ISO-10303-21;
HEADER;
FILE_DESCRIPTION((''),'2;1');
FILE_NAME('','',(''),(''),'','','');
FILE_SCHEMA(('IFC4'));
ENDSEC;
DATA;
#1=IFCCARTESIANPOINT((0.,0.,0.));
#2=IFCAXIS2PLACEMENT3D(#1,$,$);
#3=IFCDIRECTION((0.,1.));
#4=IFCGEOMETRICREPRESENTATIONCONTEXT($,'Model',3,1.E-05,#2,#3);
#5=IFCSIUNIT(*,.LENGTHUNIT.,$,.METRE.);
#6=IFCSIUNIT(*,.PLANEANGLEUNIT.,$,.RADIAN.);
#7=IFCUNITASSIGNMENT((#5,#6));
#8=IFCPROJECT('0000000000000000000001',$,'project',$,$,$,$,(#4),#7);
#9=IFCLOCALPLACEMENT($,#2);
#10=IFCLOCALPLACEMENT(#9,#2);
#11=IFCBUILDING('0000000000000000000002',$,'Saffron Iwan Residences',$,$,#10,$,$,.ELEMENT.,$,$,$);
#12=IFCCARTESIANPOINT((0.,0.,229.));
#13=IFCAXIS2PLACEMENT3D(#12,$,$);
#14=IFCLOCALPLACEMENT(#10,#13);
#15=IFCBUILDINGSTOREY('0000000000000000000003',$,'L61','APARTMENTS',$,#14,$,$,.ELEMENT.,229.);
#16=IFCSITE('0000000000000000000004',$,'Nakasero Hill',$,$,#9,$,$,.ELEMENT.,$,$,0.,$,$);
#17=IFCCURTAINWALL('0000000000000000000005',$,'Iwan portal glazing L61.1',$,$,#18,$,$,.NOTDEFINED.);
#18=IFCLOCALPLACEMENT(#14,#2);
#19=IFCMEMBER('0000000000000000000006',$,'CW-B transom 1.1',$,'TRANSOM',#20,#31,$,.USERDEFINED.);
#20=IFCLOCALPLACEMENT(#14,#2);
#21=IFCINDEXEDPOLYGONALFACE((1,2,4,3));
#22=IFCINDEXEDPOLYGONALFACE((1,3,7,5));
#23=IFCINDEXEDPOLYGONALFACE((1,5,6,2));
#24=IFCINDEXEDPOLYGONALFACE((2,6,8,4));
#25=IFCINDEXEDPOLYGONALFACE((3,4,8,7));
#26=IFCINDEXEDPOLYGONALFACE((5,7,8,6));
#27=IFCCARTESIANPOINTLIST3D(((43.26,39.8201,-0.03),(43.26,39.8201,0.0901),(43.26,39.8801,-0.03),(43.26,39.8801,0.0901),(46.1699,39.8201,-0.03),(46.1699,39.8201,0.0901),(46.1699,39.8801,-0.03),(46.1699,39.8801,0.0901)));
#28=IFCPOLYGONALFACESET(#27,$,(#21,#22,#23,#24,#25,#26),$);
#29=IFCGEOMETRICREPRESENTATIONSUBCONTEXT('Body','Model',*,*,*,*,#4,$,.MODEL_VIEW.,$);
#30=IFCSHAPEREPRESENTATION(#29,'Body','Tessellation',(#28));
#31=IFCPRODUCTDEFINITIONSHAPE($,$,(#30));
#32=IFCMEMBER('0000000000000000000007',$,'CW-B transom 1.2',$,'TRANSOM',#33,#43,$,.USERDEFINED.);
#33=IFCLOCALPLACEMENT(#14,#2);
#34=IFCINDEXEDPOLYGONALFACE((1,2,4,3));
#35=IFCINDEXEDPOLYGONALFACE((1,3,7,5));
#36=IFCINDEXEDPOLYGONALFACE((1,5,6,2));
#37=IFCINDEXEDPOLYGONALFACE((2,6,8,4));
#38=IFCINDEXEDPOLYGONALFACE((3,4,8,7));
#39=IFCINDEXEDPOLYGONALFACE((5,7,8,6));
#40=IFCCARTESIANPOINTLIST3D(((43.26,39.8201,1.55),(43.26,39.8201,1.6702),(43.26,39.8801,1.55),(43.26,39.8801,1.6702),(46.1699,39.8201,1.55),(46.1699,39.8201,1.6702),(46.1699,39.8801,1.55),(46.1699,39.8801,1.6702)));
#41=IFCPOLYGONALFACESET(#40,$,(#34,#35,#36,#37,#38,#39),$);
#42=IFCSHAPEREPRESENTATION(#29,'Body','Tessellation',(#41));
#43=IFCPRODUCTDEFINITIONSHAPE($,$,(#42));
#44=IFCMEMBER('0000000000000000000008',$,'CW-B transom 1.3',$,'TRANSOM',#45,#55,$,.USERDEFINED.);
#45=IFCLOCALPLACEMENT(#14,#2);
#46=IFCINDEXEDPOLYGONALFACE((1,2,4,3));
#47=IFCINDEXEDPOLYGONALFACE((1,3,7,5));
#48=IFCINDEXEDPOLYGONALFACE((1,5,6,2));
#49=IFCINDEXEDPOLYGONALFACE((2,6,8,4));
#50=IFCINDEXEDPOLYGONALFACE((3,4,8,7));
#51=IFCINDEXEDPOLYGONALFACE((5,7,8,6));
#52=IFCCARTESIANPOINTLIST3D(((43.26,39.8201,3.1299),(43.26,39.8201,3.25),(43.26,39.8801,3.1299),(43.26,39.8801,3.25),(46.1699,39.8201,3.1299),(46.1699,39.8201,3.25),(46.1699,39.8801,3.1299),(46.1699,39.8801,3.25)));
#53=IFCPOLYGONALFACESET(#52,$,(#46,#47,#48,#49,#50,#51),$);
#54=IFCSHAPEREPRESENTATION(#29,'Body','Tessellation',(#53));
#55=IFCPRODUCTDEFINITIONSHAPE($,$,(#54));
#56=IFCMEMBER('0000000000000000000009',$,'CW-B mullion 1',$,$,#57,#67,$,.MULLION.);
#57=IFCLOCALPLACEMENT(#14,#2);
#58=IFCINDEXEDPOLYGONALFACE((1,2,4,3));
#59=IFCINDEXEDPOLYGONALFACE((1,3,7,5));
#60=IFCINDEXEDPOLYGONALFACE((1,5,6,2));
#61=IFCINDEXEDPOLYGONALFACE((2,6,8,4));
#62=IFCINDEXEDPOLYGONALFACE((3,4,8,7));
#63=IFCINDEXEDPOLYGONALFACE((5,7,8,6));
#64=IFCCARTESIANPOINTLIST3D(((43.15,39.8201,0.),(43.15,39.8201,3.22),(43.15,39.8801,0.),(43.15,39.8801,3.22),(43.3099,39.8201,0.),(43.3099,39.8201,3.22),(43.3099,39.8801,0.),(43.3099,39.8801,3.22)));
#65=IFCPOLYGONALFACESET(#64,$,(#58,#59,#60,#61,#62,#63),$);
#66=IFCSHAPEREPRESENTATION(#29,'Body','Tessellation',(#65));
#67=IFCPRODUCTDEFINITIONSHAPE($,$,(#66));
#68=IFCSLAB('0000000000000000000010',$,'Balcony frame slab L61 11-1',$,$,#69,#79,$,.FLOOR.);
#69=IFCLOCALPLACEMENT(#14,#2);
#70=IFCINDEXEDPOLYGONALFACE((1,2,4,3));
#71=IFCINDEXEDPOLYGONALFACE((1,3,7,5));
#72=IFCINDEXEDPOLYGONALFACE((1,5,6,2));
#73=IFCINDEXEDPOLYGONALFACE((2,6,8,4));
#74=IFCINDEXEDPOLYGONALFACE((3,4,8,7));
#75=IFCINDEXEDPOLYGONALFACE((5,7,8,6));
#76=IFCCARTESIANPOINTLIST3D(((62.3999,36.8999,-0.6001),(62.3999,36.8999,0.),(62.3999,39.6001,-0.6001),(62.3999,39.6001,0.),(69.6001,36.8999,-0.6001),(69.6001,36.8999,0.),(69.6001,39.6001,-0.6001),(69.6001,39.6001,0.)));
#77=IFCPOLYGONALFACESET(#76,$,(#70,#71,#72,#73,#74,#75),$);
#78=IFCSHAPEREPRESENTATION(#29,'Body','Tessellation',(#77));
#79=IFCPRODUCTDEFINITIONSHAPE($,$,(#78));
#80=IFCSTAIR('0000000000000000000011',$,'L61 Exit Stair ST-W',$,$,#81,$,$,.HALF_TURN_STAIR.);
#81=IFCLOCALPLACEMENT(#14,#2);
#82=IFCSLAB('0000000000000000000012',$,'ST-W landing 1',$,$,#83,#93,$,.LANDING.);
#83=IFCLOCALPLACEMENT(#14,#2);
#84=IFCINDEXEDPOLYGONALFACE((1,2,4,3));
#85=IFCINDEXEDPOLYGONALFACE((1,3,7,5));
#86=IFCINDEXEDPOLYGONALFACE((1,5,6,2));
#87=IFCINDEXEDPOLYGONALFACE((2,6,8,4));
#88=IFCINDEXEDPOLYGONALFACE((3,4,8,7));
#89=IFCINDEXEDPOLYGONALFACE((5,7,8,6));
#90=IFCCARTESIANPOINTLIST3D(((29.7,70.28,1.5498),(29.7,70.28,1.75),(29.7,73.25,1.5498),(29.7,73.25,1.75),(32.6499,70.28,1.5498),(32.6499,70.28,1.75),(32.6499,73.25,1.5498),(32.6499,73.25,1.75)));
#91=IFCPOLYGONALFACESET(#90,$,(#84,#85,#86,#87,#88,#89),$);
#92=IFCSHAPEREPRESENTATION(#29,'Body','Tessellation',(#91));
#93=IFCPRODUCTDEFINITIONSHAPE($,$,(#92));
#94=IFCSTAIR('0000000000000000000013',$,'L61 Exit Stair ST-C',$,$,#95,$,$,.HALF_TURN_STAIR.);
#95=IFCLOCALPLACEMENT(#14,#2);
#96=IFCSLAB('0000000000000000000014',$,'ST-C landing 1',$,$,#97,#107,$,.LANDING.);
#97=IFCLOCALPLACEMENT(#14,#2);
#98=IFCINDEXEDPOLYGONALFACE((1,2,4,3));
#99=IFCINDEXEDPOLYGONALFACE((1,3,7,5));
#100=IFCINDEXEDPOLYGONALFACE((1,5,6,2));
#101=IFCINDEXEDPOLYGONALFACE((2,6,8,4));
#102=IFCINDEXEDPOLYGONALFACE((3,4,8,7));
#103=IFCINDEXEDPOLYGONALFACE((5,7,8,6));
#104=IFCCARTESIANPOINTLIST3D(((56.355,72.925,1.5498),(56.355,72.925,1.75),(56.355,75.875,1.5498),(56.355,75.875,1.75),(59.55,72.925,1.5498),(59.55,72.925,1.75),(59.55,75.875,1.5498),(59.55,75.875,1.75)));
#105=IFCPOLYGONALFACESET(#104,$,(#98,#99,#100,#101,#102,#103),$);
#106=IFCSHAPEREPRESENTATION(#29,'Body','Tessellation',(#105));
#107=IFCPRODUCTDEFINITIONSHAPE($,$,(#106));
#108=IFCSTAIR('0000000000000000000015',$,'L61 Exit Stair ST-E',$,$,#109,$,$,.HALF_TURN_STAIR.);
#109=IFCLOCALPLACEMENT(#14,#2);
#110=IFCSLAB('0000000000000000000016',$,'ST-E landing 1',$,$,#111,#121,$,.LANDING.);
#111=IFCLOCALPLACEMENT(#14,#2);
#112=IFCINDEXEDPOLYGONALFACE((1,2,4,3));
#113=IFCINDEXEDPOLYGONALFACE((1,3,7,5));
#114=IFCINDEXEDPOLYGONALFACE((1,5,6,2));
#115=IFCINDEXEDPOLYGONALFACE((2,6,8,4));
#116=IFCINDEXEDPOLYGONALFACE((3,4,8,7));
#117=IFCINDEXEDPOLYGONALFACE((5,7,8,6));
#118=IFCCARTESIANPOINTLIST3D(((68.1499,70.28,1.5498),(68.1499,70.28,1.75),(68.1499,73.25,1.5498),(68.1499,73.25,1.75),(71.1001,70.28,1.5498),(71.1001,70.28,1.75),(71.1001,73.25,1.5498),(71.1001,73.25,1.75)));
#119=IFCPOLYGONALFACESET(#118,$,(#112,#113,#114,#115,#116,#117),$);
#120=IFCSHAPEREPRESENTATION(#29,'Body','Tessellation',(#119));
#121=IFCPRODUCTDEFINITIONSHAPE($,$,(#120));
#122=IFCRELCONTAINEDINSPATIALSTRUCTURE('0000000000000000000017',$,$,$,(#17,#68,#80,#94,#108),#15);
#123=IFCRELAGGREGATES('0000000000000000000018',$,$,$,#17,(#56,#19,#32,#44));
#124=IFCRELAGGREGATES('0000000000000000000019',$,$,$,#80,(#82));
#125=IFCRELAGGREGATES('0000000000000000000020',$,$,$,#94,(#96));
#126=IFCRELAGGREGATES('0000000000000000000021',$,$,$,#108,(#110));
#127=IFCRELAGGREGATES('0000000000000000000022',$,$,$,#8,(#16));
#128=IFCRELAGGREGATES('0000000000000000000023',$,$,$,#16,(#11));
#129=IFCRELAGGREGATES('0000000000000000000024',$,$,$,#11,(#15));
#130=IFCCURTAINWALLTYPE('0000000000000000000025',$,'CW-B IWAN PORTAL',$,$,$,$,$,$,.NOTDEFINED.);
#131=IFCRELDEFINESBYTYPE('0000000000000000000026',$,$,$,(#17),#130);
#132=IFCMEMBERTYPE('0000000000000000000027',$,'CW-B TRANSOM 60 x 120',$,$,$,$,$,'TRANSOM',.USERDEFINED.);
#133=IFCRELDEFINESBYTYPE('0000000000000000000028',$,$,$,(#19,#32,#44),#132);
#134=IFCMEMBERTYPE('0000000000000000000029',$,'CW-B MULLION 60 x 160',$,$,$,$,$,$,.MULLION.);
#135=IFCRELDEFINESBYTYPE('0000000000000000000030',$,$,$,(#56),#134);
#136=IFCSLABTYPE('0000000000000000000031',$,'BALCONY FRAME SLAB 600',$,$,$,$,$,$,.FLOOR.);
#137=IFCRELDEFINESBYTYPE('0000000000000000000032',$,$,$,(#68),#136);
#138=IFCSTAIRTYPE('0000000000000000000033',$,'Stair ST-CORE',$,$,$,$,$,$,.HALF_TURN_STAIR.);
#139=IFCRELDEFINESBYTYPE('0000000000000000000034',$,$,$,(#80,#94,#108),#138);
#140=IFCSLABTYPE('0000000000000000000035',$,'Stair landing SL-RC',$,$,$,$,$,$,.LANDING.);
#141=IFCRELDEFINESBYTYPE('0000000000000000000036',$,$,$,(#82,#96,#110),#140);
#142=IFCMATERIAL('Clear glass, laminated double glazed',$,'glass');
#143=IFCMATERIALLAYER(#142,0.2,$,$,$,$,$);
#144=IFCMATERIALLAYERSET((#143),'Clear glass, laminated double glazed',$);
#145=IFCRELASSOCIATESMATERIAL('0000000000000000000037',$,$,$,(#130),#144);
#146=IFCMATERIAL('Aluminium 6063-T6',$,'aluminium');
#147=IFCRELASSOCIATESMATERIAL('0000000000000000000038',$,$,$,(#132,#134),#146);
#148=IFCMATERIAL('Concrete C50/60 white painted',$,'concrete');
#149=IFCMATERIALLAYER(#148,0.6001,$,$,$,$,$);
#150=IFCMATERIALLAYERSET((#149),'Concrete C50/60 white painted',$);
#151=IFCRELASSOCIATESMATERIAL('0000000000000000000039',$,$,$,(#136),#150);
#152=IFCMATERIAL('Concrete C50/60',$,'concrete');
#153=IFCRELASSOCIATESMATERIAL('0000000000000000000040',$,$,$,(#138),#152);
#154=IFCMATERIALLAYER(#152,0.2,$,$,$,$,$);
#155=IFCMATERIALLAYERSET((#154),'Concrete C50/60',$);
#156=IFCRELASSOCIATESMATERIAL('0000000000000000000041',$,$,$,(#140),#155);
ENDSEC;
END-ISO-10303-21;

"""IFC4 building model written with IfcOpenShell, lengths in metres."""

from ifc_helpers import new_model, si_unit, direction, frame, origin, origin_2d, place, context, subcontext, project, spatial, polyline, rectangle, outline, extrude, source, transform, mapped, material, layer, layer_set, material_profile, profile_set, type_object, element, aggregate, save


model = new_model("IFC4")

# Units and contexts
model_context = context("Model", 3, precision=1e-05, world=origin(), true_north=direction((0.0, 1.0)))
body_context = subcontext(model_context, "Body", "Model", "MODEL_VIEW")
ifc_project = project(units=[si_unit("LENGTHUNIT", "METRE"), si_unit("PLANEANGLEUNIT", "RADIAN")], contexts=[model_context])

# Site, building, storey
site_placement = place(None, origin())
site = spatial("IfcSite", under=ifc_project, at=site_placement, Name="Nakasero Hill", CompositionType="ELEMENT", RefElevation=0.0)
building_placement = place(site_placement, origin())
building = spatial("IfcBuilding", under=site, at=building_placement, Name="Saffron Iwan Residences", CompositionType="ELEMENT")
storey_placement = place(building_placement, frame((0.0, 0.0, 229.0)))
storey = spatial("IfcBuildingStorey", under=building, at=storey_placement, Name="L61", Description="APARTMENTS", CompositionType="ELEMENT", Elevation=229.0)

# Curtain wall, members
ifc_material_1 = material(Name="Clear glass, laminated double glazed", Category="glass")
ifc_layer_1 = layer(ifc_material_1, 0.2)
ifc_layer_set_1 = layer_set([ifc_layer_1], Name="Clear glass, laminated double glazed")
curtain_wall_type = type_object("IfcCurtainWallType", Name="CW-B IWAN PORTAL", PredefinedType="NOTDEFINED", material=ifc_layer_set_1)
curtain_wall_placement = place(storey_placement, origin())
curtain_wall = element("IfcCurtainWall", 1, at=curtain_wall_placement, inside=storey, type_object=curtain_wall_type, Name="Iwan portal glazing L61.1", PredefinedType="NOTDEFINED")
ifc_material_2 = material(Name="Aluminium 6063-T6", Category="aluminium")
ifc_material_profile_1 = material_profile(ifc_material_2, rectangle(XDim=0.0601, YDim=0.1201, at=origin_2d()), Name="CW-B TRANSOM 60 x 120")
ifc_profile_set_1 = profile_set([ifc_material_profile_1], Name="Aluminium 6063-T6")
member_type_1 = type_object("IfcMemberType", Name="CW-B TRANSOM 60 x 120", ElementType="TRANSOM", PredefinedType="USERDEFINED", material=ifc_profile_set_1)
shared_shape_1 = source(origin(), body_context, "Body", "SweptSolid", [
    extrude(rectangle(XDim=0.0601, YDim=0.1201, at=origin_2d()), origin(), (0.0, 0.0, 1.0), 2.9099),
])
member_1_placement = place(storey_placement, frame((43.26, 39.8501, 0.03), z_axis=(1.0, 0.0, 0.0), x_axis=(0.0, 1.0, 0.0)))
member_1 = element("IfcMember", 2, at=member_1_placement, type_object=member_type_1, Name="CW-B transom 1.1", ObjectType="TRANSOM", PredefinedType="USERDEFINED", context=body_context, shape_type="MappedRepresentation", body=[
    mapped(shared_shape_1, transform((0.0, 0.0, 0.0))),
])
member_2_placement = place(storey_placement, frame((43.26, 39.8501, 1.6101), z_axis=(1.0, 0.0, 0.0), x_axis=(0.0, 1.0, 0.0)))
member_2 = element("IfcMember", 3, at=member_2_placement, type_object=member_type_1, Name="CW-B transom 1.2", ObjectType="TRANSOM", PredefinedType="USERDEFINED", context=body_context, shape_type="MappedRepresentation", body=[
    mapped(shared_shape_1, transform((0.0, 0.0, 0.0))),
])
member_3_placement = place(storey_placement, frame((43.26, 39.8501, 3.1899), z_axis=(1.0, 0.0, 0.0), x_axis=(0.0, 1.0, 0.0)))
member_3 = element("IfcMember", 4, at=member_3_placement, type_object=member_type_1, Name="CW-B transom 1.3", ObjectType="TRANSOM", PredefinedType="USERDEFINED", context=body_context, shape_type="MappedRepresentation", body=[
    mapped(shared_shape_1, transform((0.0, 0.0, 0.0))),
])
ifc_material_profile_2 = material_profile(ifc_material_2, rectangle(XDim=0.0601, YDim=0.1599, at=origin_2d()), Name="CW-B MULLION 60 x 160")
ifc_profile_set_2 = profile_set([ifc_material_profile_2], Name="Aluminium 6063-T6")
member_type_2 = type_object("IfcMemberType", Name="CW-B MULLION 60 x 160", PredefinedType="MULLION", material=ifc_profile_set_2)
shared_shape_2 = source(origin(), body_context, "Body", "SweptSolid", [
    extrude(rectangle(XDim=0.0601, YDim=0.1599, at=origin_2d()), origin(), (0.0, 0.0, 1.0), 3.22),
])
member_4_placement = place(storey_placement, frame((43.23, 39.8501, 0.0), z_axis=(0.0, 0.0, 1.0), x_axis=(0.0, 1.0, 0.0)))
member_4 = element("IfcMember", 5, at=member_4_placement, type_object=member_type_2, Name="CW-B mullion 1", PredefinedType="MULLION", context=body_context, shape_type="MappedRepresentation", body=[
    mapped(shared_shape_2, transform((0.0, 0.0, 0.0))),
])
aggregate(curtain_wall, [member_4, member_1, member_2, member_3])

# Slab
ifc_material_3 = material(Name="Concrete C50/60 white painted", Category="concrete")
ifc_layer_2 = layer(ifc_material_3, 0.6001)
ifc_layer_set_2 = layer_set([ifc_layer_2], Name="Concrete C50/60 white painted")
slab_type_1 = type_object("IfcSlabType", Name="BALCONY FRAME SLAB 600", PredefinedType="FLOOR", material=ifc_layer_set_2)
slab_1_placement = place(storey_placement, frame((0.0, 0.0, -0.6001)))
element("IfcSlab", 6, at=slab_1_placement, inside=storey, type_object=slab_type_1, Name="Balcony frame slab L61 11-1", PredefinedType="FLOOR", context=body_context, shape_type="SweptSolid", body=[
    extrude(outline(polyline([(62.3999, 36.8999), (69.6001, 36.8999), (69.6001, 39.6001), (62.3999, 39.6001), (62.3999, 36.8999)])), origin(), (0.0, 0.0, 1.0), 0.6001),
])

# Stairs, slabs
ifc_material_4 = material(Name="Concrete C50/60", Category="concrete")
stair_type = type_object("IfcStairType", Name="Stair ST-CORE", PredefinedType="HALF_TURN_STAIR", material=ifc_material_4)
stair_1_placement = place(storey_placement, origin())
stair_1 = element("IfcStair", 7, at=stair_1_placement, inside=storey, type_object=stair_type, Name="L61 Exit Stair ST-W", PredefinedType="HALF_TURN_STAIR")
ifc_layer_3 = layer(ifc_material_4, 0.2)
ifc_layer_set_3 = layer_set([ifc_layer_3], Name="Concrete C50/60")
slab_type_2 = type_object("IfcSlabType", Name="Stair landing SL-RC", PredefinedType="LANDING", material=ifc_layer_set_3)
slab_2_placement = place(storey_placement, frame((0.0, 0.0, 1.5498)))
slab_2 = element("IfcSlab", 8, at=slab_2_placement, type_object=slab_type_2, Name="ST-W landing 1", PredefinedType="LANDING", context=body_context, shape_type="SweptSolid", body=[
    extrude(outline(polyline([(32.6499, 70.28), (32.6499, 73.25), (29.7, 73.25), (29.7, 70.28), (32.6499, 70.28)])), origin(), (0.0, 0.0, 1.0), 0.2002),
])
aggregate(stair_1, [slab_2])
stair_2_placement = place(storey_placement, origin())
stair_2 = element("IfcStair", 9, at=stair_2_placement, inside=storey, type_object=stair_type, Name="L61 Exit Stair ST-C", PredefinedType="HALF_TURN_STAIR")
slab_3_placement = place(storey_placement, frame((0.0, 0.0, 1.5498)))
slab_3 = element("IfcSlab", 10, at=slab_3_placement, type_object=slab_type_2, Name="ST-C landing 1", PredefinedType="LANDING", context=body_context, shape_type="SweptSolid", body=[
    extrude(outline(polyline([(56.355, 72.925), (59.55, 72.925), (59.55, 75.875), (56.355, 75.875), (56.355, 72.925)])), origin(), (0.0, 0.0, 1.0), 0.2002),
])
aggregate(stair_2, [slab_3])
stair_3_placement = place(storey_placement, origin())
stair_3 = element("IfcStair", 11, at=stair_3_placement, inside=storey, type_object=stair_type, Name="L61 Exit Stair ST-E", PredefinedType="HALF_TURN_STAIR")
slab_4_placement = place(storey_placement, frame((0.0, 0.0, 1.5498)))
slab_4 = element("IfcSlab", 12, at=slab_4_placement, type_object=slab_type_2, Name="ST-E landing 1", PredefinedType="LANDING", context=body_context, shape_type="SweptSolid", body=[
    extrude(outline(polyline([(71.1001, 70.28), (71.1001, 73.25), (68.1499, 73.25), (68.1499, 70.28), (71.1001, 70.28)])), origin(), (0.0, 0.0, 1.0), 0.2002),
])
aggregate(stair_3, [slab_4])

save(model, "model.ifc")
